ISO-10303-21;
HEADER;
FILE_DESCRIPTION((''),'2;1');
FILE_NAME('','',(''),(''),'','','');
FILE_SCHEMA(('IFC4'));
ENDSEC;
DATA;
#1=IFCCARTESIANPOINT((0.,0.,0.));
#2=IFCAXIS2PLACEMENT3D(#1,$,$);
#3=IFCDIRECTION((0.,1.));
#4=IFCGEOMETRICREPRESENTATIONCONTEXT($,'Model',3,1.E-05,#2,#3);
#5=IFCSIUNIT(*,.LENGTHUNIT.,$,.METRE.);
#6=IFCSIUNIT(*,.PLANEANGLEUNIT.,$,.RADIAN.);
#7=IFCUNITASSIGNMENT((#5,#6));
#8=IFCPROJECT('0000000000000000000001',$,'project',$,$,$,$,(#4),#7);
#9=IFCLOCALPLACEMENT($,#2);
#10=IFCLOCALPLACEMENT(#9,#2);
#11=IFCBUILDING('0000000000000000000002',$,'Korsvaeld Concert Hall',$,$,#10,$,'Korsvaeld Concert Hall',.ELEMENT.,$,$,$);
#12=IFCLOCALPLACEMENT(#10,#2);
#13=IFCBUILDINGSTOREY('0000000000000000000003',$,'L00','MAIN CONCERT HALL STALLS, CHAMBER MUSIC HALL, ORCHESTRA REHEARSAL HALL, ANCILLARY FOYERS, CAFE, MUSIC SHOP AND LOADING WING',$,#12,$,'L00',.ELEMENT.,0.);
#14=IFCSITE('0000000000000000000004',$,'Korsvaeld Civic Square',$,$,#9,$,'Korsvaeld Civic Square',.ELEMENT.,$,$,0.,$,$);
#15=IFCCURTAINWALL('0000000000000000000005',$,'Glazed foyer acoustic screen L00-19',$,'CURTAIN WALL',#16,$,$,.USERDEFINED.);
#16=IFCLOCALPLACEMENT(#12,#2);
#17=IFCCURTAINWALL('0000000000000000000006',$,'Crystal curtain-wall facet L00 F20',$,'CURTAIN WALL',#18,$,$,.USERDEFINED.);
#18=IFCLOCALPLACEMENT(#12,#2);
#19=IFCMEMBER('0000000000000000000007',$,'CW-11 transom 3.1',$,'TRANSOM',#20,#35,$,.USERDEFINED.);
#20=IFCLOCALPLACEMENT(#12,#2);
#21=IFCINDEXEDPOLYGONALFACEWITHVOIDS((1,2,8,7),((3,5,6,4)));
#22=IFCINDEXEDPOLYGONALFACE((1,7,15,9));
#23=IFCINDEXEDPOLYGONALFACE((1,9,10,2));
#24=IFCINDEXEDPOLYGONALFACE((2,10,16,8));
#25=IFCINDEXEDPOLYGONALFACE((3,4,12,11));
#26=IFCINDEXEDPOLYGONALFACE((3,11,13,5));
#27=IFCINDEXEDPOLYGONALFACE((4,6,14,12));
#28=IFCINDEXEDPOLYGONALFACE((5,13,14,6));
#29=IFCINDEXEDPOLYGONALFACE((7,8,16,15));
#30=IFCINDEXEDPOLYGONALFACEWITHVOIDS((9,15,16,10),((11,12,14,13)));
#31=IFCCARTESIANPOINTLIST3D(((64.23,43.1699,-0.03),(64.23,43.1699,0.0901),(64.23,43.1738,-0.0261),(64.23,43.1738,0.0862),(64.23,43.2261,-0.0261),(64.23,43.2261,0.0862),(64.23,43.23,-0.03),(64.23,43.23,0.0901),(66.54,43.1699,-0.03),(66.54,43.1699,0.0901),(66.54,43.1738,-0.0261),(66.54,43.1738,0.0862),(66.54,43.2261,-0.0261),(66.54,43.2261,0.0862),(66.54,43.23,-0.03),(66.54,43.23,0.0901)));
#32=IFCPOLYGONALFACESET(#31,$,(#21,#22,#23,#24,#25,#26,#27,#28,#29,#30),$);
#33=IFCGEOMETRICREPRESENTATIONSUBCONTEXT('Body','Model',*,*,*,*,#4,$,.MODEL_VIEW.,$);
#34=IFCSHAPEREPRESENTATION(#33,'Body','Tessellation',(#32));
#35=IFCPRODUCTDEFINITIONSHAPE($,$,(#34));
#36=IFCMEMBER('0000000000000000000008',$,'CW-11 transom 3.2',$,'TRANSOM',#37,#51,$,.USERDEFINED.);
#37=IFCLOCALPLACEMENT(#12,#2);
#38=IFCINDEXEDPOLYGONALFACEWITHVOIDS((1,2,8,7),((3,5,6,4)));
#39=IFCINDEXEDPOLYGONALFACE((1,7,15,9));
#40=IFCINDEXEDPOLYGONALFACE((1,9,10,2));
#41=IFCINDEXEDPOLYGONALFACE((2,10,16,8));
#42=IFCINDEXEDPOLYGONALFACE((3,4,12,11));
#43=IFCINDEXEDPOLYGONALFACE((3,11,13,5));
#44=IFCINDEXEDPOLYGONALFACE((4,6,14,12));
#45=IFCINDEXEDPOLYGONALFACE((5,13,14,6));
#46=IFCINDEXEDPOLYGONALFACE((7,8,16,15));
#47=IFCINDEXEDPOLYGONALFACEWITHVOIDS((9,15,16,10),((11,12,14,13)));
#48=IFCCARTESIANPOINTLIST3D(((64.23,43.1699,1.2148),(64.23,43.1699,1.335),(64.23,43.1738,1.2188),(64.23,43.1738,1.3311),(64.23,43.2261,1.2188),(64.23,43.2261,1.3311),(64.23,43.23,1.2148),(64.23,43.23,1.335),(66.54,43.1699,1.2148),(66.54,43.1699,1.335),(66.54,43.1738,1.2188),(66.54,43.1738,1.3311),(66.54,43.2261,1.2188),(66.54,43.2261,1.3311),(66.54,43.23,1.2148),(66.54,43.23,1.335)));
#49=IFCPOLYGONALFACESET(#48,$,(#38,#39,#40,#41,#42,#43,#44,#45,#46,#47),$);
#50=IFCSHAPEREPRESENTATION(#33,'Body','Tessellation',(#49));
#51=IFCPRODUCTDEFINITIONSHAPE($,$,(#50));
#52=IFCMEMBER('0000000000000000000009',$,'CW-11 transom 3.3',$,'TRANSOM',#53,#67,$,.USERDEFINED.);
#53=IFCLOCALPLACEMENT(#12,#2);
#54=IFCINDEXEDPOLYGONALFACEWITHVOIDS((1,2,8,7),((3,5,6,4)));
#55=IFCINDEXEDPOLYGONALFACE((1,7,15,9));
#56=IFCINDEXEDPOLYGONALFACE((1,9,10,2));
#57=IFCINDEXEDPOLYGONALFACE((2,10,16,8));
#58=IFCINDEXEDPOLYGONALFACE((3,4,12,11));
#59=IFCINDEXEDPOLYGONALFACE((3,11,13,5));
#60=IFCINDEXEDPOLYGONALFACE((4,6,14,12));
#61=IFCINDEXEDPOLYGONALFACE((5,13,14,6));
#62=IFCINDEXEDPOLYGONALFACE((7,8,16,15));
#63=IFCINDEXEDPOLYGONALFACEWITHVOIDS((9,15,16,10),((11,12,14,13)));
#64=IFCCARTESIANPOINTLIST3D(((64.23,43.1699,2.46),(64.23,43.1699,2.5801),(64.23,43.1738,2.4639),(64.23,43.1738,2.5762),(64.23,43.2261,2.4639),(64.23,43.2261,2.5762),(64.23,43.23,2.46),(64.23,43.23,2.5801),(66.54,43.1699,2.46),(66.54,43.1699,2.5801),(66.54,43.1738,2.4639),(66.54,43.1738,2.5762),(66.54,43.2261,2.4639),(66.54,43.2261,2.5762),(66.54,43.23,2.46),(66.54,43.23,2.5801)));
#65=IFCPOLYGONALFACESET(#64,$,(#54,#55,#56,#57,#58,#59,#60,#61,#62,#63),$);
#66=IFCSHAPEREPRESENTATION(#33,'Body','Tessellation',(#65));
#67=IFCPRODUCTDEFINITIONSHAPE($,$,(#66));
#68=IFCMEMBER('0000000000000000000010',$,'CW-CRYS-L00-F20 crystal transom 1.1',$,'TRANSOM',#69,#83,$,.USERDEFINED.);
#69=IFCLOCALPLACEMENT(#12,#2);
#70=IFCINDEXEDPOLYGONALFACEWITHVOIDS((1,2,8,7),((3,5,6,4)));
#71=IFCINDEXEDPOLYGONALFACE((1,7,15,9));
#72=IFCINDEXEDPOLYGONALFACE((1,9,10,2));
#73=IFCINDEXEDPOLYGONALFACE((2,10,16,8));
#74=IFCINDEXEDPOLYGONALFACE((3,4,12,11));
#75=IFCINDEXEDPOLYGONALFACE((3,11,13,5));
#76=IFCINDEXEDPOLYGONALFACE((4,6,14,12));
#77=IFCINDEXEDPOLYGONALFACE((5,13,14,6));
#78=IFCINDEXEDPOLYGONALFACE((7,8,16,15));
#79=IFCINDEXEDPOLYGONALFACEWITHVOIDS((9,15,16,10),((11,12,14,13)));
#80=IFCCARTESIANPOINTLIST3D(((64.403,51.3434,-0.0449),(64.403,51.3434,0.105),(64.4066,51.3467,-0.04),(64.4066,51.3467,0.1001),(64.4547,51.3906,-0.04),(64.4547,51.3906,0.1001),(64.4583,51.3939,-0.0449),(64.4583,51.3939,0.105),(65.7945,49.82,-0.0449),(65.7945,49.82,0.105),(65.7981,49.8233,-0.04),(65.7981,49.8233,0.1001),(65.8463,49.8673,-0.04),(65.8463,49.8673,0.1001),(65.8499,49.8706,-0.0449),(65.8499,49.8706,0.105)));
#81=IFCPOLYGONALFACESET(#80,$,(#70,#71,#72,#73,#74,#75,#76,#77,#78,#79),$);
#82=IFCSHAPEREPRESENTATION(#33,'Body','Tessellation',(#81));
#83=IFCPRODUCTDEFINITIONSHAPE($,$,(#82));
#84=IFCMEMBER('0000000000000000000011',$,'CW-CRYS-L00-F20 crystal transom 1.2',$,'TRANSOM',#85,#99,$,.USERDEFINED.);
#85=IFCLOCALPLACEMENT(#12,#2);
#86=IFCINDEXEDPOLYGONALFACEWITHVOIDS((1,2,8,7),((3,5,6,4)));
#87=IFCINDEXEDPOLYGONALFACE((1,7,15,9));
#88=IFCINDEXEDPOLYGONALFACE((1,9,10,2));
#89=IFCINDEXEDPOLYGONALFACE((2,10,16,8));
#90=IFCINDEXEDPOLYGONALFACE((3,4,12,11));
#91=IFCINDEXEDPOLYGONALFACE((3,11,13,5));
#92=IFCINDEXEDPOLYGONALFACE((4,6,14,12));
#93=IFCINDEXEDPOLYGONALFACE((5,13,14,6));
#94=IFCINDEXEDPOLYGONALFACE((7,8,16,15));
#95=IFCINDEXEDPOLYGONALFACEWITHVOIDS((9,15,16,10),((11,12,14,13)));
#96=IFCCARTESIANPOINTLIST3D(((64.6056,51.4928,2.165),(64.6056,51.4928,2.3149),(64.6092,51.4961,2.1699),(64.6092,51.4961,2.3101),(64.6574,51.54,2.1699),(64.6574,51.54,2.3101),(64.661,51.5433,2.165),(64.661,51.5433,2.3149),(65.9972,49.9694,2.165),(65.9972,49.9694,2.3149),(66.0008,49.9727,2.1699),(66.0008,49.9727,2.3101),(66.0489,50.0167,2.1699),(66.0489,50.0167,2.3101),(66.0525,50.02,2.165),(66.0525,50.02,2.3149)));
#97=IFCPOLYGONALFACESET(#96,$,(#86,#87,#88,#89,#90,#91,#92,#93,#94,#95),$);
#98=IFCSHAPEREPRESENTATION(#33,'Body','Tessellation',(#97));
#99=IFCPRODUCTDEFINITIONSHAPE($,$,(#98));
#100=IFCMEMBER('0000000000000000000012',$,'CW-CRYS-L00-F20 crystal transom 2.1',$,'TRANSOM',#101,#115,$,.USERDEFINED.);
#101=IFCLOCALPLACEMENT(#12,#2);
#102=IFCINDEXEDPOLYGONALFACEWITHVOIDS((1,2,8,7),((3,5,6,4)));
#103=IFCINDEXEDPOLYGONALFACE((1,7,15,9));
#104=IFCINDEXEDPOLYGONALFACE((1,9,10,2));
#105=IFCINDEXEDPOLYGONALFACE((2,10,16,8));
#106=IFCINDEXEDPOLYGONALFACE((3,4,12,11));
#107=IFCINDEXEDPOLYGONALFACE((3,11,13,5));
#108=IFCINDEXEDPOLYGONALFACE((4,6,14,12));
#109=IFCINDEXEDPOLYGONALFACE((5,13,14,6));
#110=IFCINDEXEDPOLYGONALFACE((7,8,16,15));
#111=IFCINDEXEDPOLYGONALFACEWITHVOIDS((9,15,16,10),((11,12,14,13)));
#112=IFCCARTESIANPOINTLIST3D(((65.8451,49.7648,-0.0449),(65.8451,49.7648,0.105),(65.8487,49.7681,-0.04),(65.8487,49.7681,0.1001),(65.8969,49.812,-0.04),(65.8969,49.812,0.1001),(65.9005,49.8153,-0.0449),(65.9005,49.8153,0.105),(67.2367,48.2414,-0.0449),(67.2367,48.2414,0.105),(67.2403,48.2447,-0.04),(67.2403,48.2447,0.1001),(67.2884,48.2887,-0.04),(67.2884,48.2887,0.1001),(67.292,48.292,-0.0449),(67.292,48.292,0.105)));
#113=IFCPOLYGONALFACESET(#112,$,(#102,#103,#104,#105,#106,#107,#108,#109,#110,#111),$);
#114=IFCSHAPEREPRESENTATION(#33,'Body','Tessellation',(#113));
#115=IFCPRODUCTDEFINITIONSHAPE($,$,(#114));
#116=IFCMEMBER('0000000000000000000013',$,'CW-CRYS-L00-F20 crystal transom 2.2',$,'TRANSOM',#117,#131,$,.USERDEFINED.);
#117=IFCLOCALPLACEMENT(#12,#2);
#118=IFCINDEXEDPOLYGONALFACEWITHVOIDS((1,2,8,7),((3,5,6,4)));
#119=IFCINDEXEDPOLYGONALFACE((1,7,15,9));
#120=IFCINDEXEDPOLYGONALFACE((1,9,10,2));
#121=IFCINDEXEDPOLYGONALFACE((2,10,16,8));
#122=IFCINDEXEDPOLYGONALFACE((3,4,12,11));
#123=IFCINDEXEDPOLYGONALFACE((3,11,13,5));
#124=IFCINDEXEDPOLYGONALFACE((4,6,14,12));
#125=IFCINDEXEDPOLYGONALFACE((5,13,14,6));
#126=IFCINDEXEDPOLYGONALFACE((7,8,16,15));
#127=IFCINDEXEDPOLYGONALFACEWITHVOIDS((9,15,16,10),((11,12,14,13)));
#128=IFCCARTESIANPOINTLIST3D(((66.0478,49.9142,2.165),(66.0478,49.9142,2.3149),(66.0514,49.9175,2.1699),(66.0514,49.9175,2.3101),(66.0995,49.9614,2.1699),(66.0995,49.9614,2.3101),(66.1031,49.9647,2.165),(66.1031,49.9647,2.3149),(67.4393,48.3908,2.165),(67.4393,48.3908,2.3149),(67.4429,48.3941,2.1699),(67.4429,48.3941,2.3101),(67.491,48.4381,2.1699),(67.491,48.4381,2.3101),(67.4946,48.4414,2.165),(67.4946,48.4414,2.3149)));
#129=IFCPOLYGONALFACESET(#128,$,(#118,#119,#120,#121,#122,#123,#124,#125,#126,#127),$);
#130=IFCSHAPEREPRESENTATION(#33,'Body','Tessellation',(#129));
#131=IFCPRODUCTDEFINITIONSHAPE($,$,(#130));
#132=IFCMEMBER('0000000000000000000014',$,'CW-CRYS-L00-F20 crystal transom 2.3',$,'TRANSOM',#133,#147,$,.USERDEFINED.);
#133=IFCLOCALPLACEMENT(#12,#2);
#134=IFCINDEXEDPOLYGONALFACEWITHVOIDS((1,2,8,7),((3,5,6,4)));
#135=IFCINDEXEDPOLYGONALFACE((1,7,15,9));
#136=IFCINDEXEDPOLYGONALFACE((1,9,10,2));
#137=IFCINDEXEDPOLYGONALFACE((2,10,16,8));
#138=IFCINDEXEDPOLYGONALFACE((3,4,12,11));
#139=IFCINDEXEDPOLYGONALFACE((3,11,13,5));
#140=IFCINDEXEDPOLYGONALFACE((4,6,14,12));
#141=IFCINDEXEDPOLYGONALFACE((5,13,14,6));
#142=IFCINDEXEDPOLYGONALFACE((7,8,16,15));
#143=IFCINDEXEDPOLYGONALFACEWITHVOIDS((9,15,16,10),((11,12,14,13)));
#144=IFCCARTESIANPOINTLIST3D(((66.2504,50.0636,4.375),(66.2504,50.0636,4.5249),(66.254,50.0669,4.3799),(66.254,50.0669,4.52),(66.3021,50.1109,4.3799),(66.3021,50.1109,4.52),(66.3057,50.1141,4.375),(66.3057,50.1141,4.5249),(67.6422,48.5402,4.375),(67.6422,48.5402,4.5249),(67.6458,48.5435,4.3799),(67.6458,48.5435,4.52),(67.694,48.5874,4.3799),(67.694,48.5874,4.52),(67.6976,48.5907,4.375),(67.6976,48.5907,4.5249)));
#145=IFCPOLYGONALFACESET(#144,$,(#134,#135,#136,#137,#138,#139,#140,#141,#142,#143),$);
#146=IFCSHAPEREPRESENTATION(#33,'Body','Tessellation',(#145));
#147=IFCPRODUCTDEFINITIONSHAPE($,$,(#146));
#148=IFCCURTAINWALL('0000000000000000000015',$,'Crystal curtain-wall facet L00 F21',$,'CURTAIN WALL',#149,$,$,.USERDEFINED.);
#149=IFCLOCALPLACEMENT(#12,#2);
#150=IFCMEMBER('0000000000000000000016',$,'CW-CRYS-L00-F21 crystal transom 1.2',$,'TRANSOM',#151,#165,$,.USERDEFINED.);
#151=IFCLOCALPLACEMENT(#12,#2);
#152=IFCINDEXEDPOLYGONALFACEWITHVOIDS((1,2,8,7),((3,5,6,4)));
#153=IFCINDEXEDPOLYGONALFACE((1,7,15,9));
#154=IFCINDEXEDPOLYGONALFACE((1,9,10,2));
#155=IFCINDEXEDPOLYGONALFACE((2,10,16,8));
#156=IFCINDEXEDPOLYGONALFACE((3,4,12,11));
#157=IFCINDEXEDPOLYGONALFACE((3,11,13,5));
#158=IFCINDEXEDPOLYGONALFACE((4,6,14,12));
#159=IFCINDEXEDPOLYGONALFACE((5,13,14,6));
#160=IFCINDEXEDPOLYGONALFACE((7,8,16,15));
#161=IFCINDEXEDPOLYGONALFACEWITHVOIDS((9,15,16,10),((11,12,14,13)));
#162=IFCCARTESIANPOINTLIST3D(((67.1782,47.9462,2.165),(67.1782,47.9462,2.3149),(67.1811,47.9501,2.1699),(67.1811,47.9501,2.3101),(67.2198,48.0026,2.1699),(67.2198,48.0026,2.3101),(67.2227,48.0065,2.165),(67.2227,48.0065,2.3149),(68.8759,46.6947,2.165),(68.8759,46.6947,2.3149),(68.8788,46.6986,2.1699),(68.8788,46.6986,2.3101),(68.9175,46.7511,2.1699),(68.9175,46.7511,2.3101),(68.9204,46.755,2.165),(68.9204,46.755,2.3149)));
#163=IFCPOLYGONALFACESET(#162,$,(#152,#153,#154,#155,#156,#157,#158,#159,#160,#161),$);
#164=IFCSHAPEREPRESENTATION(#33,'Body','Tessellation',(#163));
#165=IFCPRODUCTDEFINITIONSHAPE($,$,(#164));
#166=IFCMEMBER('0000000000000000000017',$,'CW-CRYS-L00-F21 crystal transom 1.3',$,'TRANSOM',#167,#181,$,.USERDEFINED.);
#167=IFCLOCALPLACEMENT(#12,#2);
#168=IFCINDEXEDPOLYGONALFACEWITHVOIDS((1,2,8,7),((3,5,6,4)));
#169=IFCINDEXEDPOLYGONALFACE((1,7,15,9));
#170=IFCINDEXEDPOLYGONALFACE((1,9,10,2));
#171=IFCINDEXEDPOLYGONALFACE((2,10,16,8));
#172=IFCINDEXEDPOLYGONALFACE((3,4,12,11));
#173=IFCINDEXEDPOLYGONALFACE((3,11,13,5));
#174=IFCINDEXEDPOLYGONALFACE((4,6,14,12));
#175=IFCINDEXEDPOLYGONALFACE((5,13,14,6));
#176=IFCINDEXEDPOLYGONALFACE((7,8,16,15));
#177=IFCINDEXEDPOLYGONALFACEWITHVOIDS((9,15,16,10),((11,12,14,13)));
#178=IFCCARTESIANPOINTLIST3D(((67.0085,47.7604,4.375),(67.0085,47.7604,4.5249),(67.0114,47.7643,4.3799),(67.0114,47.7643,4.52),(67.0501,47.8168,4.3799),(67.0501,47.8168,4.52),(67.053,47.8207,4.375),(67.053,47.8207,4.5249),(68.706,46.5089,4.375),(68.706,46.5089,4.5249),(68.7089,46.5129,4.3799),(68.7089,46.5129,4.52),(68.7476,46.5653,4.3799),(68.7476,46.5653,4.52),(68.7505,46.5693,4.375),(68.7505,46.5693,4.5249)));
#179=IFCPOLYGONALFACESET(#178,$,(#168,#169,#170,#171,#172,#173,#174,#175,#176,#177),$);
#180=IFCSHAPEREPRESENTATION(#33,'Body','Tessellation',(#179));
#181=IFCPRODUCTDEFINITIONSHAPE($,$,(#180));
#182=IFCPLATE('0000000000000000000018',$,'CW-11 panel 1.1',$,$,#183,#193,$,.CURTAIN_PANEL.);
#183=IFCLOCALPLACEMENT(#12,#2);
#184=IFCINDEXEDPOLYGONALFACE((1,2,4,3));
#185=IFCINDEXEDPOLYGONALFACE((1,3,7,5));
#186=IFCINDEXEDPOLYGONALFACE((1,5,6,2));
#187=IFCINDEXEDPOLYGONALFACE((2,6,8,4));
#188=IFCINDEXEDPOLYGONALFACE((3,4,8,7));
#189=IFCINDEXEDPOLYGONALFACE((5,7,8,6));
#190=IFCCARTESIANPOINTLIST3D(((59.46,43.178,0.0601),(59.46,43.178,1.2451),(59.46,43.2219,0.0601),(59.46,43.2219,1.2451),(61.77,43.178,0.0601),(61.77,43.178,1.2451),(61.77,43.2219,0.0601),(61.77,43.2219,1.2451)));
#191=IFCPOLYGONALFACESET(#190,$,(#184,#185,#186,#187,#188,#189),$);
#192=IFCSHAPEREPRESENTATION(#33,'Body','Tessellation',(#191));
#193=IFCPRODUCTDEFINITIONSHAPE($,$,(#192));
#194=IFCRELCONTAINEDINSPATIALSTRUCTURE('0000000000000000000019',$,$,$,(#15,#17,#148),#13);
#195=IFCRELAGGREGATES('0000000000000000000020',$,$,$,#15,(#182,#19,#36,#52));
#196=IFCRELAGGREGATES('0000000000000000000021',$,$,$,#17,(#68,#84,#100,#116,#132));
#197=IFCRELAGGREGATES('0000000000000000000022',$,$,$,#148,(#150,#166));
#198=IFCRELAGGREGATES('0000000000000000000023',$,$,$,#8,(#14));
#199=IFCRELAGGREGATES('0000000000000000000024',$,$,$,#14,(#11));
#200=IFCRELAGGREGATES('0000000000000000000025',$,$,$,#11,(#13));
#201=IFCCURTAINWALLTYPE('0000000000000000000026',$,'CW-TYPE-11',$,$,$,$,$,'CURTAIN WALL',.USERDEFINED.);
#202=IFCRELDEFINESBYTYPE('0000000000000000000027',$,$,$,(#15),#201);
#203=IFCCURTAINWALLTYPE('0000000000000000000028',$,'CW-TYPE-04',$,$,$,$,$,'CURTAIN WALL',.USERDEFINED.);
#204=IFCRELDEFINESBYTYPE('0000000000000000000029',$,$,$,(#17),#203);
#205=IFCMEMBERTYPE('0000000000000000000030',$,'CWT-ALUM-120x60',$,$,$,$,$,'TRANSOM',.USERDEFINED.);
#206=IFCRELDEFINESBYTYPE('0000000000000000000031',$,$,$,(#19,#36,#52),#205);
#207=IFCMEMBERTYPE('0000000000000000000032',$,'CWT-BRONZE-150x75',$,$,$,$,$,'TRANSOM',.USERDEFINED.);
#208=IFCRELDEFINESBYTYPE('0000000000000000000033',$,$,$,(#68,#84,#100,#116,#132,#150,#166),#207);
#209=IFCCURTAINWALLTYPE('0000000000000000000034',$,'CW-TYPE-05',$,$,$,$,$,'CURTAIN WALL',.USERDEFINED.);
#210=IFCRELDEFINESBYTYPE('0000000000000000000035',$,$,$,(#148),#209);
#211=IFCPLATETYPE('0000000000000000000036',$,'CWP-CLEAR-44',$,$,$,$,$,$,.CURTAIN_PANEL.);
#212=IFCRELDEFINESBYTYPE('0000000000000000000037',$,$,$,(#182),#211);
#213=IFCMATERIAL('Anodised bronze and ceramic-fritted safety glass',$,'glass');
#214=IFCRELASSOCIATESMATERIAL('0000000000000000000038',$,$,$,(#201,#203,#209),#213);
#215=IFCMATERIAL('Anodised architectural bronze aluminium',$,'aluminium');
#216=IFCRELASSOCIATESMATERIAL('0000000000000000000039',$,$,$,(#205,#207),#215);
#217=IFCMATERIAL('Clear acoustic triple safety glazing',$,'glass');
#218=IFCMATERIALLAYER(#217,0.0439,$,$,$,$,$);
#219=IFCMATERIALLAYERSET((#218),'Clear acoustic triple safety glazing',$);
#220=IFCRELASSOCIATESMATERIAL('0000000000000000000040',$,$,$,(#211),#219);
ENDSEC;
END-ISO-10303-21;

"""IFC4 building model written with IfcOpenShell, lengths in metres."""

from ifc_helpers import new_model, si_unit, direction, frame, origin, origin_2d, place, context, subcontext, project, spatial, rectangle, hollow_rectangle, extrude, material, layer, layer_set, material_profile, profile_set, type_object, element, aggregate, save


model = new_model("IFC4")

# Units and contexts
model_context = context("Model", 3, precision=1e-05, world=origin(), true_north=direction((0.0, 1.0)))
body_context = subcontext(model_context, "Body", "Model", "MODEL_VIEW")
ifc_project = project(units=[si_unit("LENGTHUNIT", "METRE"), si_unit("PLANEANGLEUNIT", "RADIAN")], contexts=[model_context])

# Site, building, storey
site_placement = place(None, origin())
site = spatial("IfcSite", under=ifc_project, at=site_placement, Name="Korsvaeld Civic Square", LongName="Korsvaeld Civic Square", CompositionType="ELEMENT", RefElevation=0.0)
building_placement = place(site_placement, origin())
building = spatial("IfcBuilding", under=site, at=building_placement, Name="Korsvaeld Concert Hall", LongName="Korsvaeld Concert Hall", CompositionType="ELEMENT")
storey_placement = place(building_placement, origin())
storey = spatial("IfcBuildingStorey", under=building, at=storey_placement, Name="L00", Description="MAIN CONCERT HALL STALLS, CHAMBER MUSIC HALL, ORCHESTRA REHEARSAL HALL, ANCILLARY FOYERS, CAFE, MUSIC SHOP AND LOADING WING", LongName="L00", CompositionType="ELEMENT", Elevation=0.0)

# Curtain walls
ifc_material_1 = material(Name="Anodised bronze and ceramic-fritted safety glass", Category="glass")
curtain_wall_type_1 = type_object("IfcCurtainWallType", Name="CW-TYPE-11", ElementType="CURTAIN WALL", PredefinedType="USERDEFINED", material=ifc_material_1)
curtain_wall_1_placement = place(storey_placement, origin())
curtain_wall_1 = element("IfcCurtainWall", 1, at=curtain_wall_1_placement, inside=storey, type_object=curtain_wall_type_1, Name="Glazed foyer acoustic screen L00-19", ObjectType="CURTAIN WALL", PredefinedType="USERDEFINED")
ifc_material_2 = material(Name="Anodised architectural bronze aluminium", Category="aluminium")
curtain_wall_type_2 = type_object("IfcCurtainWallType", Name="CW-TYPE-04", ElementType="CURTAIN WALL", PredefinedType="USERDEFINED", material=ifc_material_1)
curtain_wall_2_placement = place(storey_placement, origin())
curtain_wall_2 = element("IfcCurtainWall", 2, at=curtain_wall_2_placement, inside=storey, type_object=curtain_wall_type_2, Name="Crystal curtain-wall facet L00 F20", ObjectType="CURTAIN WALL", PredefinedType="USERDEFINED")

# Members
ifc_material_profile_1 = material_profile(ifc_material_2, hollow_rectangle(XDim=0.0601, YDim=0.1201, WallThickness=0.0039, at=origin_2d()), Name="CWT 120x60x4")
ifc_profile_set_1 = profile_set([ifc_material_profile_1], Name="Anodised architectural bronze aluminium")
member_type_1 = type_object("IfcMemberType", Name="CWT-ALUM-120x60", ElementType="TRANSOM", PredefinedType="USERDEFINED", material=ifc_profile_set_1)
member_1_placement = place(storey_placement, frame((64.23, 43.2, 0.03), z_axis=(1.0, 0.0, 0.0), x_axis=(0.0, 1.0, 0.0)))
member_1 = element("IfcMember", 3, at=member_1_placement, type_object=member_type_1, Name="CW-11 transom 3.1", ObjectType="TRANSOM", PredefinedType="USERDEFINED", context=body_context, shape_type="SweptSolid", body=[
    extrude(hollow_rectangle(XDim=0.0601, YDim=0.1201, WallThickness=0.0039, at=origin_2d()), origin(), (0.0, 0.0, 1.0), 2.3101),
])
member_2_placement = place(storey_placement, frame((64.23, 43.2, 1.2749), z_axis=(1.0, 0.0, 0.0), x_axis=(0.0, 1.0, 0.0)))
member_2 = element("IfcMember", 4, at=member_2_placement, type_object=member_type_1, Name="CW-11 transom 3.2", ObjectType="TRANSOM", PredefinedType="USERDEFINED", context=body_context, shape_type="SweptSolid", body=[
    extrude(hollow_rectangle(XDim=0.0601, YDim=0.1201, WallThickness=0.0039, at=origin_2d()), origin(), (0.0, 0.0, 1.0), 2.3101),
])
member_3_placement = place(storey_placement, frame((64.23, 43.2, 2.52), z_axis=(1.0, 0.0, 0.0), x_axis=(0.0, 1.0, 0.0)))
member_3 = element("IfcMember", 5, at=member_3_placement, type_object=member_type_1, Name="CW-11 transom 3.3", ObjectType="TRANSOM", PredefinedType="USERDEFINED", context=body_context, shape_type="SweptSolid", body=[
    extrude(hollow_rectangle(XDim=0.0601, YDim=0.1201, WallThickness=0.0039, at=origin_2d()), origin(), (0.0, 0.0, 1.0), 2.3101),
])
ifc_material_profile_2 = material_profile(ifc_material_2, hollow_rectangle(XDim=0.075, YDim=0.1499, WallThickness=0.0049, at=origin_2d()), Name="CWT 150x75x5")
ifc_profile_set_2 = profile_set([ifc_material_profile_2], Name="Anodised architectural bronze aluminium")
member_type_2 = type_object("IfcMemberType", Name="CWT-BRONZE-150x75", ElementType="TRANSOM", PredefinedType="USERDEFINED", material=ifc_profile_set_2)
member_4_placement = place(storey_placement, frame((64.4307, 51.3687, 0.03), z_axis=(0.674438, -0.738332, 0.0), x_axis=(0.738332, 0.674438, 0.0)))
member_4 = element("IfcMember", 6, at=member_4_placement, type_object=member_type_2, Name="CW-CRYS-L00-F20 crystal transom 1.1", ObjectType="TRANSOM", PredefinedType="USERDEFINED", context=body_context, shape_type="SweptSolid", body=[
    extrude(hollow_rectangle(XDim=0.075, YDim=0.1499, WallThickness=0.0049, at=origin_2d()), origin(), (0.0, 0.0, 1.0), 2.0632),
])
member_5_placement = place(storey_placement, frame((64.6333, 51.5181, 2.24), z_axis=(0.674438, -0.738332, 0.0), x_axis=(0.738332, 0.674438, 0.0)))
member_5 = element("IfcMember", 7, at=member_5_placement, type_object=member_type_2, Name="CW-CRYS-L00-F20 crystal transom 1.2", ObjectType="TRANSOM", PredefinedType="USERDEFINED", context=body_context, shape_type="SweptSolid", body=[
    extrude(hollow_rectangle(XDim=0.075, YDim=0.1499, WallThickness=0.0049, at=origin_2d()), origin(), (0.0, 0.0, 1.0), 2.0632),
])
member_6_placement = place(storey_placement, frame((65.8728, 49.79, 0.03), z_axis=(0.674438, -0.738332, 0.0), x_axis=(0.738332, 0.674438, 0.0)))
member_6 = element("IfcMember", 8, at=member_6_placement, type_object=member_type_2, Name="CW-CRYS-L00-F20 crystal transom 2.1", ObjectType="TRANSOM", PredefinedType="USERDEFINED", context=body_context, shape_type="SweptSolid", body=[
    extrude(hollow_rectangle(XDim=0.075, YDim=0.1499, WallThickness=0.0049, at=origin_2d()), origin(), (0.0, 0.0, 1.0), 2.0632),
])
member_7_placement = place(storey_placement, frame((66.0754, 49.9395, 2.24), z_axis=(0.674438, -0.738332, 0.0), x_axis=(0.738332, 0.674438, 0.0)))
member_7 = element("IfcMember", 9, at=member_7_placement, type_object=member_type_2, Name="CW-CRYS-L00-F20 crystal transom 2.2", ObjectType="TRANSOM", PredefinedType="USERDEFINED", context=body_context, shape_type="SweptSolid", body=[
    extrude(hollow_rectangle(XDim=0.075, YDim=0.1499, WallThickness=0.0049, at=origin_2d()), origin(), (0.0, 0.0, 1.0), 2.0632),
])
member_8_placement = place(storey_placement, frame((66.2781, 50.0889, 4.45), z_axis=(0.674502, -0.738273, 0.0), x_axis=(0.738273, 0.674502, 0.0)))
member_8 = element("IfcMember", 10, at=member_8_placement, type_object=member_type_2, Name="CW-CRYS-L00-F20 crystal transom 2.3", ObjectType="TRANSOM", PredefinedType="USERDEFINED", context=body_context, shape_type="SweptSolid", body=[
    extrude(hollow_rectangle(XDim=0.075, YDim=0.1499, WallThickness=0.0049, at=origin_2d()), origin(), (0.0, 0.0, 1.0), 2.0635),
])

# Curtain wall, members
curtain_wall_type_3 = type_object("IfcCurtainWallType", Name="CW-TYPE-05", ElementType="CURTAIN WALL", PredefinedType="USERDEFINED", material=ifc_material_1)
curtain_wall_3_placement = place(storey_placement, origin())
curtain_wall_3 = element("IfcCurtainWall", 11, at=curtain_wall_3_placement, inside=storey, type_object=curtain_wall_type_3, Name="Crystal curtain-wall facet L00 F21", ObjectType="CURTAIN WALL", PredefinedType="USERDEFINED")
member_9_placement = place(storey_placement, frame((67.2004, 47.9763, 2.24), z_axis=(0.804945, -0.593349, 0.0), x_axis=(0.593349, 0.804945, 0.0)))
member_9 = element("IfcMember", 12, at=member_9_placement, type_object=member_type_2, Name="CW-CRYS-L00-F21 crystal transom 1.2", ObjectType="TRANSOM", PredefinedType="USERDEFINED", context=body_context, shape_type="SweptSolid", body=[
    extrude(hollow_rectangle(XDim=0.075, YDim=0.1499, WallThickness=0.0049, at=origin_2d()), origin(), (0.0, 0.0, 1.0), 2.1091),
])
member_10_placement = place(storey_placement, frame((67.0308, 47.7905, 4.45), z_axis=(0.804905, -0.593404, 0.0), x_axis=(0.593404, 0.804905, 0.0)))
member_10 = element("IfcMember", 13, at=member_10_placement, type_object=member_type_2, Name="CW-CRYS-L00-F21 crystal transom 1.3", ObjectType="TRANSOM", PredefinedType="USERDEFINED", context=body_context, shape_type="SweptSolid", body=[
    extrude(hollow_rectangle(XDim=0.075, YDim=0.1499, WallThickness=0.0049, at=origin_2d()), origin(), (0.0, 0.0, 1.0), 2.1089),
])

# Plate
ifc_material_3 = material(Name="Clear acoustic triple safety glazing", Category="glass")
ifc_layer_1 = layer(ifc_material_3, 0.0439)
ifc_layer_set_1 = layer_set([ifc_layer_1], Name="Clear acoustic triple safety glazing")
plate_type_1 = type_object("IfcPlateType", Name="CWP-CLEAR-44", PredefinedType="CURTAIN_PANEL", material=ifc_layer_set_1)
plate_1_placement = place(storey_placement, frame((60.615, 43.2, 0.0601), z_axis=(0.0, 0.0, 1.0), x_axis=(1.0, 0.0, 0.0)))
plate_1 = element("IfcPlate", 14, at=plate_1_placement, type_object=plate_type_1, Name="CW-11 panel 1.1", PredefinedType="CURTAIN_PANEL", context=body_context, shape_type="SweptSolid", body=[
    extrude(rectangle(XDim=2.3101, YDim=0.0439, at=origin_2d()), origin(), (0.0, 0.0, 1.0), 1.1851),
])
aggregate(curtain_wall_1, [plate_1, member_1, member_2, member_3])
aggregate(curtain_wall_2, [member_4, member_5, member_6, member_7, member_8])
aggregate(curtain_wall_3, [member_9, member_10])

save(model, "model.ifc")
